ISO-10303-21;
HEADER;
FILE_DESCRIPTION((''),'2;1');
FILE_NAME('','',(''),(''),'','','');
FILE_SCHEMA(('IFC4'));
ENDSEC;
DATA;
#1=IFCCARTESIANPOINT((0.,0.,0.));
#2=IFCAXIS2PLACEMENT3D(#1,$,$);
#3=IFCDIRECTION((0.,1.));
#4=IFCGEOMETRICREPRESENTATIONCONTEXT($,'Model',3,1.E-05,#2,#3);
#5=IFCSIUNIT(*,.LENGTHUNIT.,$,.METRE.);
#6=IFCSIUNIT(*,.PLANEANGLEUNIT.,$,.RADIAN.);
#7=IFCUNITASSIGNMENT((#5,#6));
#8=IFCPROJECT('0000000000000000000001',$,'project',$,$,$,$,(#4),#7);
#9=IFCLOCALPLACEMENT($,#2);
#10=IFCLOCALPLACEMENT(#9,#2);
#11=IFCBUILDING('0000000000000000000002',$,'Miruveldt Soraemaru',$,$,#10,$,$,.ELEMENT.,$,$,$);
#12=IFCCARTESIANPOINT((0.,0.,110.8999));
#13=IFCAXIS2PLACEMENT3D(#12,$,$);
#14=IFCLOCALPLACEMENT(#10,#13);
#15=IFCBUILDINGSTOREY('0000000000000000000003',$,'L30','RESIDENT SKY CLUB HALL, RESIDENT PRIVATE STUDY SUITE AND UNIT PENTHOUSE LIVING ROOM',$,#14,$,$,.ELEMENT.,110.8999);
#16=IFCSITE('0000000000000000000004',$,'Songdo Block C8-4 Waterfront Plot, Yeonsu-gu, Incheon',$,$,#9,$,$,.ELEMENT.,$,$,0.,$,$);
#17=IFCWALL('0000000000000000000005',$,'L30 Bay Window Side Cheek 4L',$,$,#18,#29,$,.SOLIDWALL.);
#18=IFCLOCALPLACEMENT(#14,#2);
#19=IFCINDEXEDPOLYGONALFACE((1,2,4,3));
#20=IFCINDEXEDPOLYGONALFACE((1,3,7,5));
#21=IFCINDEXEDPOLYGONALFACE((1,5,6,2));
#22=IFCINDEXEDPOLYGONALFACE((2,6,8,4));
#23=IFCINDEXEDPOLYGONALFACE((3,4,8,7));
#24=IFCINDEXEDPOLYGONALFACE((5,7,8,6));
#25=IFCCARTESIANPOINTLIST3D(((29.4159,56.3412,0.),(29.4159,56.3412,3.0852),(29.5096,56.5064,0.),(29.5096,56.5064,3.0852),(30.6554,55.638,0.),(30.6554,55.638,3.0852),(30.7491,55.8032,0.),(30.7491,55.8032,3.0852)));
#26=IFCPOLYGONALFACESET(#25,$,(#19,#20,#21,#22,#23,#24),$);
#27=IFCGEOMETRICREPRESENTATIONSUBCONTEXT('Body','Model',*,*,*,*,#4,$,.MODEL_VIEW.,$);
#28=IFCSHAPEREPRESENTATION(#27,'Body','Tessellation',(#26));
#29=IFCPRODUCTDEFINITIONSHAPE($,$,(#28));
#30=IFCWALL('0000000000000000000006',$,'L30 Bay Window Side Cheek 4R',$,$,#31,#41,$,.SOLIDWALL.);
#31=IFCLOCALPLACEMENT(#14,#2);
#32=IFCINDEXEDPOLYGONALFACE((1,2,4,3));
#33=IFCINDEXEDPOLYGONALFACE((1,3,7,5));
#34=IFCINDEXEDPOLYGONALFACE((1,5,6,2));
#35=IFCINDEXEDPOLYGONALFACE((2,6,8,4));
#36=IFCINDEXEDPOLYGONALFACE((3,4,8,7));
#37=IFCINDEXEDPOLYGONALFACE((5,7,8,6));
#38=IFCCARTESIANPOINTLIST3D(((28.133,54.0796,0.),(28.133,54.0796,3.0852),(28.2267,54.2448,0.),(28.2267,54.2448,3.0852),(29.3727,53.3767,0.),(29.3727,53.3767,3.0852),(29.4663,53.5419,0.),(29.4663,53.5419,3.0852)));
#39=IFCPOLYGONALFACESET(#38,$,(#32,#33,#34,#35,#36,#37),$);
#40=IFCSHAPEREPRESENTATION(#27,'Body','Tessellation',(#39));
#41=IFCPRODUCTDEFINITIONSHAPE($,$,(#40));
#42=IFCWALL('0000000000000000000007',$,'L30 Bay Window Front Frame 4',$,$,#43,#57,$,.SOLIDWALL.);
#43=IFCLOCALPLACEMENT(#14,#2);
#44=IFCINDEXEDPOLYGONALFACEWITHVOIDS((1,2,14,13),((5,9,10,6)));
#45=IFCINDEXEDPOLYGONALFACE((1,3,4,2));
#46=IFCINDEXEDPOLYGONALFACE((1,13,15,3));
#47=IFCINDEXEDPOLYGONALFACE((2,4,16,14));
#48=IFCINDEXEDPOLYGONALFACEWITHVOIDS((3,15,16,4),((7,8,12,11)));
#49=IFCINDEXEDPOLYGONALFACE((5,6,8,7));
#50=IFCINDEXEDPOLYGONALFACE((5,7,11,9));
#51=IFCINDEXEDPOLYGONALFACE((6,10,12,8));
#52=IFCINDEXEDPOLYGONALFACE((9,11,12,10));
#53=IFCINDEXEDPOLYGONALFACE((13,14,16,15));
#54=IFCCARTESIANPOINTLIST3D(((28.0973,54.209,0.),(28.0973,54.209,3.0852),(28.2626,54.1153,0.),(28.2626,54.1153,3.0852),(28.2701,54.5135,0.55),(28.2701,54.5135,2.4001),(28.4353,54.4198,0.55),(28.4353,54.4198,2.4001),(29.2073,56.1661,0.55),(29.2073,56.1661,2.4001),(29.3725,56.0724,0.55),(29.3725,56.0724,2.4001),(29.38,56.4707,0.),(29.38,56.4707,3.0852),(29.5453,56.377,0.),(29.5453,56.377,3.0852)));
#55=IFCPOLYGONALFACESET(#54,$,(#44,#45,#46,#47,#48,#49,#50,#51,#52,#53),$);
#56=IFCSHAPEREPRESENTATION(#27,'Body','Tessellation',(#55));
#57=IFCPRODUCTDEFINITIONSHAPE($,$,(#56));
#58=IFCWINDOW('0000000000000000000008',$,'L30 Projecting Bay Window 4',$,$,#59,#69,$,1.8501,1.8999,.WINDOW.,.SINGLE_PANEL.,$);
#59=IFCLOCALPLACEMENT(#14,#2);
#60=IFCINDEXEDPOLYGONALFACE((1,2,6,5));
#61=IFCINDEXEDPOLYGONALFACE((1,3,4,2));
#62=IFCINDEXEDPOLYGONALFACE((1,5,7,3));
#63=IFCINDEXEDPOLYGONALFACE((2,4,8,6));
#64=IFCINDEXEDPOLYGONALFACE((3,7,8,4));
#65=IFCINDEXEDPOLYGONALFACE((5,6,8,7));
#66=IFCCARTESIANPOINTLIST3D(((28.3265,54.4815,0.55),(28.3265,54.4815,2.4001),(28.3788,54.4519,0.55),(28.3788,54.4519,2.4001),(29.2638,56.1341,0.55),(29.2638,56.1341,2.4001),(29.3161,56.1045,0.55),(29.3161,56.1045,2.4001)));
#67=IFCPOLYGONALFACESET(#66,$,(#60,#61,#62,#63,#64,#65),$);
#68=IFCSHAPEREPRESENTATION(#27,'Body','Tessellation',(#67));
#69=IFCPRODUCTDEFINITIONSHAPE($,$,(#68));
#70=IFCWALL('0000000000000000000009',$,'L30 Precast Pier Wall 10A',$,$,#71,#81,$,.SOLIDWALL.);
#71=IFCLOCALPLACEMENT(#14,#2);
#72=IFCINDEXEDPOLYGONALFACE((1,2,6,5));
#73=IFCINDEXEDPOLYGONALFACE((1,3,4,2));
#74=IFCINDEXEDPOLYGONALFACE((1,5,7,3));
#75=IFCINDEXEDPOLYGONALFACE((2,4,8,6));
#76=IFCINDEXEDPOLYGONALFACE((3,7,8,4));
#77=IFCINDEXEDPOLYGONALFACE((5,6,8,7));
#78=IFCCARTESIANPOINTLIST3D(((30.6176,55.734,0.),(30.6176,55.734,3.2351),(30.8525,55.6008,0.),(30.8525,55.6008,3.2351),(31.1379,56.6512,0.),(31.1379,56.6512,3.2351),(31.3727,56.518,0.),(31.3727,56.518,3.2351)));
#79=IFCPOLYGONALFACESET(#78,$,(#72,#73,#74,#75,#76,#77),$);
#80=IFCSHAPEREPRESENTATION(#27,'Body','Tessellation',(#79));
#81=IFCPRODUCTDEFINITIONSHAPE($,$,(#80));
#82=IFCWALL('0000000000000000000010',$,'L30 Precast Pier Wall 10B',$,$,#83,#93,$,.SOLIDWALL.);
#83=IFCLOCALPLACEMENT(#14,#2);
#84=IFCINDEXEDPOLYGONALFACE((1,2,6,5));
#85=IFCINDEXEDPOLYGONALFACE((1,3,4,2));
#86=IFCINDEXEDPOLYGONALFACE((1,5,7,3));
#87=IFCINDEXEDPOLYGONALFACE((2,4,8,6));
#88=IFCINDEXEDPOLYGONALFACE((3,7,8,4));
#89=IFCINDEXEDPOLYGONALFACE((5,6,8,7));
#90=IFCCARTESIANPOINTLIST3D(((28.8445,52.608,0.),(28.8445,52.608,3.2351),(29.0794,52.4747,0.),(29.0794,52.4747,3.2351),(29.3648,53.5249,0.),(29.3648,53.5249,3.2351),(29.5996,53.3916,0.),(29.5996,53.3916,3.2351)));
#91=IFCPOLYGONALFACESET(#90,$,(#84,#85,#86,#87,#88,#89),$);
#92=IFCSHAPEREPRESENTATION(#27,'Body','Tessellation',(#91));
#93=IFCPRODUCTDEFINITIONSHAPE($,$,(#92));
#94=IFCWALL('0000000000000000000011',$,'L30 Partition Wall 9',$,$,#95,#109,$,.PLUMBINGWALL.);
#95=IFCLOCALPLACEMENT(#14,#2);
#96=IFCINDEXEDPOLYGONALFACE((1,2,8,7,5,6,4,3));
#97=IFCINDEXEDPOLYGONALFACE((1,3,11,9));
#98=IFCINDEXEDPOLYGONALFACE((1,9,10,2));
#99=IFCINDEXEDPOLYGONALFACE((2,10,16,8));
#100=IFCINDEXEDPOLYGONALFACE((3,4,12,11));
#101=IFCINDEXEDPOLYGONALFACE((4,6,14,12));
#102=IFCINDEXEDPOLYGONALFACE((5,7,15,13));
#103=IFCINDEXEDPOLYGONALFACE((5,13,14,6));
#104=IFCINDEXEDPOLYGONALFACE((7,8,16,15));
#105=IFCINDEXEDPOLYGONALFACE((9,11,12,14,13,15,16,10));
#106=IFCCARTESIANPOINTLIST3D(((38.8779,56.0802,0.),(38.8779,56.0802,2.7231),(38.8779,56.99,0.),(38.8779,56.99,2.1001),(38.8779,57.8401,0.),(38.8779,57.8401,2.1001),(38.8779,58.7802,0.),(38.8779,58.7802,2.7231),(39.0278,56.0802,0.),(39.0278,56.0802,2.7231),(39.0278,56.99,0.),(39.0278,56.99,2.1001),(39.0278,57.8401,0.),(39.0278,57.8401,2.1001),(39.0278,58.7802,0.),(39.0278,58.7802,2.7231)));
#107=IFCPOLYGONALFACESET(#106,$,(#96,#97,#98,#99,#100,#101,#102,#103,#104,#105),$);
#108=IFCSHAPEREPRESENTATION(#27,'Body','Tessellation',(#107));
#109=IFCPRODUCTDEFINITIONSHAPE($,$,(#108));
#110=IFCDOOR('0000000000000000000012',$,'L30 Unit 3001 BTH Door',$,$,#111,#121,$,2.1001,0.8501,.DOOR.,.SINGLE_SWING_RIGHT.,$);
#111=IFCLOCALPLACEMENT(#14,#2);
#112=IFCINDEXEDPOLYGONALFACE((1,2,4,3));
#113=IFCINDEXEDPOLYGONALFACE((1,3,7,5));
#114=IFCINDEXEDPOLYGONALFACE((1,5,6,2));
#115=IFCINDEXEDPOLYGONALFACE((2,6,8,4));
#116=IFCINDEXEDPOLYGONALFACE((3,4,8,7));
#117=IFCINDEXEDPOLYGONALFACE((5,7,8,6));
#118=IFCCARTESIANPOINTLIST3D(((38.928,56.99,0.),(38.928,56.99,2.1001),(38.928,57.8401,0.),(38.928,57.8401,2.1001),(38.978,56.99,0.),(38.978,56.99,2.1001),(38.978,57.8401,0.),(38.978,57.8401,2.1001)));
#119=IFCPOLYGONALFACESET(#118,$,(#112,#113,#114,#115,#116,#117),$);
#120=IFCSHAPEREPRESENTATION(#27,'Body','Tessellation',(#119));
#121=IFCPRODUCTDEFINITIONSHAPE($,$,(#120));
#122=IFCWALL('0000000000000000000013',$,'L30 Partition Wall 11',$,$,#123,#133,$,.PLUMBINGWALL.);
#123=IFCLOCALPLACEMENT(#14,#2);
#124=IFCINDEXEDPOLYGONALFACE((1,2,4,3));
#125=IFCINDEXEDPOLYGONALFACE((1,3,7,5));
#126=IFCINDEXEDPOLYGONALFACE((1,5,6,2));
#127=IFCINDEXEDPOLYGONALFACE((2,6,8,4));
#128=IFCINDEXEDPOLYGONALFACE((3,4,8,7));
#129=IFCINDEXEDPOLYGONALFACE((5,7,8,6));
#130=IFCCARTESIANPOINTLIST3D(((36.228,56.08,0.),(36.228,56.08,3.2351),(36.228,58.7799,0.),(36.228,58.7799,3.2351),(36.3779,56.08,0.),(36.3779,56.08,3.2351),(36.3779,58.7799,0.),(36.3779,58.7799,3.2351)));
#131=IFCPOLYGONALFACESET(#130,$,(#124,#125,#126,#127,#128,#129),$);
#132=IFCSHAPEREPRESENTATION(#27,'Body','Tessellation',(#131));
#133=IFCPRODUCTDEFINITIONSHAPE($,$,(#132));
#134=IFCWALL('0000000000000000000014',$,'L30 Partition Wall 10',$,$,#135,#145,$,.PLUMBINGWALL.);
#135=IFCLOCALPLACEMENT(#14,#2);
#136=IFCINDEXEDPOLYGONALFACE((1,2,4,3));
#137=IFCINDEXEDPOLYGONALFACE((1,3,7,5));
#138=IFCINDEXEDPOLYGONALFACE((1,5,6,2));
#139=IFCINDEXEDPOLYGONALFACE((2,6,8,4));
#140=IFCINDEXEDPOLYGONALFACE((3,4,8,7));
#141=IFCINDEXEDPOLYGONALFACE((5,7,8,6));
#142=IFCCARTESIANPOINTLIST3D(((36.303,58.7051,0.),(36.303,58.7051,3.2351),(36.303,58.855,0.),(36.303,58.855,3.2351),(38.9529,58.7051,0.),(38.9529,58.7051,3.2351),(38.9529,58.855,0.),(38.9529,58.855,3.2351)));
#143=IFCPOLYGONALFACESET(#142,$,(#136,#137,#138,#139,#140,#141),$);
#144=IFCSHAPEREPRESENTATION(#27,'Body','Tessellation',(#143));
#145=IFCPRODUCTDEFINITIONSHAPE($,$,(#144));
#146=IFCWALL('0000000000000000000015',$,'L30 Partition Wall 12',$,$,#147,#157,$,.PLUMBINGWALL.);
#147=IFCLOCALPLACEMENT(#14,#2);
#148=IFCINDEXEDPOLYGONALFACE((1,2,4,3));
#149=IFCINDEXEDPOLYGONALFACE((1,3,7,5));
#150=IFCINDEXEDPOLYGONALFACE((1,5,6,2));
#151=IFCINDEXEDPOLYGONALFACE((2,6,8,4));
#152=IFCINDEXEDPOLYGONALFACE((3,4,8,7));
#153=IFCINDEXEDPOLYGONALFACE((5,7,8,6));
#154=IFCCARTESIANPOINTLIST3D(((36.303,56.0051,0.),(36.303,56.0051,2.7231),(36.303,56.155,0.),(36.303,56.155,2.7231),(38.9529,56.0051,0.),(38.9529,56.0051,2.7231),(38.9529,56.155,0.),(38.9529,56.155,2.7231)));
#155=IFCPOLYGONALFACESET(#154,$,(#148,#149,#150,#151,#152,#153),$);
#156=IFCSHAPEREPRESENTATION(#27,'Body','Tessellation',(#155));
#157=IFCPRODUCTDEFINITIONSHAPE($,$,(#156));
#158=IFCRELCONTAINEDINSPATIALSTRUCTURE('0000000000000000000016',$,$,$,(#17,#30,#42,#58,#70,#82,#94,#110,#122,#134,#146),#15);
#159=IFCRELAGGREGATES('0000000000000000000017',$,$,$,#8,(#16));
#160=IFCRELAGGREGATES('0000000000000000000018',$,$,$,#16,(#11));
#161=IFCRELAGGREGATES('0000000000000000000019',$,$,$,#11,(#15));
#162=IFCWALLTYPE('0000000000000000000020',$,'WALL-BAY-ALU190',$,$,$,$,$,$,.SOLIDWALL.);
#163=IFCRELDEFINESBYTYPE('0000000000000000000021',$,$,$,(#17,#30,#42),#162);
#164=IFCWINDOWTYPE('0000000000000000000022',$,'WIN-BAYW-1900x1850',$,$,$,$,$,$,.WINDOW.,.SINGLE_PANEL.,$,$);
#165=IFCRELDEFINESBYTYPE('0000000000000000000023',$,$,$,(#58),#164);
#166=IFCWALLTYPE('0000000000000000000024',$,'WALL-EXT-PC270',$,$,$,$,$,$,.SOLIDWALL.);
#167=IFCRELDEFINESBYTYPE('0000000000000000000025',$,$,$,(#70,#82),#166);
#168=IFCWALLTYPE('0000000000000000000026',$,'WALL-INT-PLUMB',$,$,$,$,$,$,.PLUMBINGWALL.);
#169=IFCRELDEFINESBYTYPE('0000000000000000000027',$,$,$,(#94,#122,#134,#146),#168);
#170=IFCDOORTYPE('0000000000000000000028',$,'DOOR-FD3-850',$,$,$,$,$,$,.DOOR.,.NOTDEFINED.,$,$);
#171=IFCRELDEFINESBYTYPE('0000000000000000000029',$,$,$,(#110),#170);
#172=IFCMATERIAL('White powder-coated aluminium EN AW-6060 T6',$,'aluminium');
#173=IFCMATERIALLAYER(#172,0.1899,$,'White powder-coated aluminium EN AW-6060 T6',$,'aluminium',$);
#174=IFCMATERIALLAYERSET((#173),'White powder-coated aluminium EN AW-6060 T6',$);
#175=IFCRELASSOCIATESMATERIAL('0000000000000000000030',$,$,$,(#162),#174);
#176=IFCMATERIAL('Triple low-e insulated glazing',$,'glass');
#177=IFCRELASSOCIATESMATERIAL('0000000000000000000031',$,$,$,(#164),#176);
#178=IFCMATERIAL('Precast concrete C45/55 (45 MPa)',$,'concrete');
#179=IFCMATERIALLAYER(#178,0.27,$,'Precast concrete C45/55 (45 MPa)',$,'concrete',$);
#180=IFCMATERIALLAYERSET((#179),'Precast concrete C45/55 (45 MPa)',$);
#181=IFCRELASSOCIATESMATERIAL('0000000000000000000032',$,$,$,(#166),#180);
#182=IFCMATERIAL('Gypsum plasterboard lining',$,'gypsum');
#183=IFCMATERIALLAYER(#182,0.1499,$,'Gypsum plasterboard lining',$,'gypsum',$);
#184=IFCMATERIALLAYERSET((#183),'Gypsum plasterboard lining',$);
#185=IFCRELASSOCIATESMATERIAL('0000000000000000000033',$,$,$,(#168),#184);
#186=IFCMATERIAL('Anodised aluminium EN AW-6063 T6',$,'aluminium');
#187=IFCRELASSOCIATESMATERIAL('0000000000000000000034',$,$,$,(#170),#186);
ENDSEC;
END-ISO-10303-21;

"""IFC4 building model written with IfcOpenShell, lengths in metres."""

from ifc_helpers import new_model, si_unit, direction, frame, frame_2d, origin, place, context, subcontext, project, spatial, rectangle, extrude, material, layer, layer_set, type_object, element, fill, save


model = new_model("IFC4")

# Units and contexts
model_context = context("Model", 3, precision=1e-05, world=origin(), true_north=direction((0.0, 1.0)))
body_context = subcontext(model_context, "Body", "Model", "MODEL_VIEW")
ifc_project = project(units=[si_unit("LENGTHUNIT", "METRE"), si_unit("PLANEANGLEUNIT", "RADIAN")], contexts=[model_context])

# Site, building, storey
site_placement = place(None, origin())
site = spatial("IfcSite", under=ifc_project, at=site_placement, Name="Songdo Block C8-4 Waterfront Plot, Yeonsu-gu, Incheon", CompositionType="ELEMENT", RefElevation=0.0)
building_placement = place(site_placement, origin())
building = spatial("IfcBuilding", under=site, at=building_placement, Name="Miruveldt Soraemaru", CompositionType="ELEMENT")
storey_placement = place(building_placement, frame((0.0, 0.0, 110.8999)))
storey = spatial("IfcBuildingStorey", under=building, at=storey_placement, Name="L30", Description="RESIDENT SKY CLUB HALL, RESIDENT PRIVATE STUDY SUITE AND UNIT PENTHOUSE LIVING ROOM", CompositionType="ELEMENT", Elevation=110.8999)

# Walls
ifc_material_1 = material(Name="White powder-coated aluminium EN AW-6060 T6", Category="aluminium")
ifc_layer_1 = layer(ifc_material_1, 0.1899, Name="White powder-coated aluminium EN AW-6060 T6", Category="aluminium")
ifc_layer_set_1 = layer_set([ifc_layer_1], Name="White powder-coated aluminium EN AW-6060 T6")
wall_type_1 = type_object("IfcWallType", Name="WALL-BAY-ALU190", PredefinedType="SOLIDWALL", material=ifc_layer_set_1)
for number, where, z_axis, x_axis, name in (
    (1, (30.7021, 55.7207, 0.0), (0.0, 0.0, 1.0), (-0.869799, 0.493406, 0.0), "L30 Bay Window Side Cheek 4L"),
    (2, (28.1799, 54.1621, 0.0), (0.0, 0.0, 1.0), (0.869914, -0.493203, 0.0), "L30 Bay Window Side Cheek 4R"),
):
    element("IfcWall", number, at=place(storey_placement, frame(where, z_axis=z_axis, x_axis=x_axis)), inside=storey, type_object=wall_type_1, Name=name, PredefinedType="SOLIDWALL", context=body_context, shape_type="SweptSolid", body=[
        extrude(rectangle(XDim=1.425, YDim=0.1899, at=frame_2d((0.7124, 0.0))), origin(), (0.0, 0.0, 1.0), 3.0852),
    ])

# Wall, opening, window
wall_1_placement = place(storey_placement, frame((29.4626, 56.4238, 0.0), z_axis=(0.0, 0.0, 1.0), x_axis=(-0.493325, -0.869845, 0.0)))
wall_1 = element("IfcWall", 3, at=wall_1_placement, inside=storey, type_object=wall_type_1, Name="L30 Bay Window Front Frame 4", PredefinedType="SOLIDWALL", context=body_context, shape_type="SweptSolid", body=[
    extrude(rectangle(XDim=2.6001, YDim=0.1899, at=frame_2d((1.3, 0.0))), origin(), (0.0, 0.0, 1.0), 3.0852),
])
opening_1_placement = place(wall_1_placement, frame((0.3501, 0.0, 0.55)))
opening_1 = element("IfcOpeningElement", 4, at=opening_1_placement, cuts=wall_1, PredefinedType="OPENING", context=body_context, shape_type="SweptSolid", body=[
    extrude(rectangle(XDim=1.8999, YDim=1.8501, at=frame_2d((0.95, 0.925))), frame((0.0, 0.105, 0.0), z_axis=(0.0, -1.0, 0.0), x_axis=(1.0, 0.0, 0.0)), (0.0, 0.0, 1.0), 0.21),
])
ifc_material_2 = material(Name="Triple low-e insulated glazing", Category="glass")
window_type = type_object("IfcWindowType", Name="WIN-BAYW-1900x1850", PartitioningType="SINGLE_PANEL", PredefinedType="WINDOW", material=ifc_material_2)
window_placement = place(opening_1_placement, origin())
window = element("IfcWindow", 5, at=window_placement, inside=storey, type_object=window_type, Name="L30 Projecting Bay Window 4", OverallHeight=1.8501, OverallWidth=1.8999, PartitioningType="SINGLE_PANEL", PredefinedType="WINDOW", context=body_context, shape_type="SweptSolid", body=[
    extrude(rectangle(XDim=1.8999, YDim=1.8501, at=frame_2d((0.95, 0.925))), frame((0.0, 0.03, 0.0), z_axis=(0.0, -1.0, 0.0), x_axis=(1.0, 0.0, 0.0)), (0.0, 0.0, 1.0), 0.0601),
])
fill(opening_1, window)

# Walls
ifc_material_3 = material(Name="Precast concrete C45/55 (45 MPa)", Category="concrete")
ifc_layer_2 = layer(ifc_material_3, 0.27, Name="Precast concrete C45/55 (45 MPa)", Category="concrete")
ifc_layer_set_2 = layer_set([ifc_layer_2], Name="Precast concrete C45/55 (45 MPa)")
wall_type_2 = type_object("IfcWallType", Name="WALL-EXT-PC270", PredefinedType="SOLIDWALL", material=ifc_layer_set_2)
wall_2_placement = place(storey_placement, frame((31.2554, 56.5847, 0.0), z_axis=(0.0, 0.0, 1.0), x_axis=(-0.493369, -0.86982, 0.0)))
element("IfcWall", 6, at=wall_2_placement, inside=storey, type_object=wall_type_2, Name="L30 Precast Pier Wall 10A", PredefinedType="SOLIDWALL", context=body_context, shape_type="SweptSolid", body=[
    extrude(rectangle(XDim=1.0544, YDim=0.27, at=frame_2d((0.5273, 0.0))), origin(), (0.0, 0.0, 1.0), 3.2351),
])
wall_3_placement = place(storey_placement, frame((29.4822, 53.4583, 0.0), z_axis=(0.0, 0.0, 1.0), x_axis=(-0.493468, -0.869764, 0.0)))
element("IfcWall", 7, at=wall_3_placement, inside=storey, type_object=wall_type_2, Name="L30 Precast Pier Wall 10B", PredefinedType="SOLIDWALL", context=body_context, shape_type="SweptSolid", body=[
    extrude(rectangle(XDim=1.0542, YDim=0.27, at=frame_2d((0.5271, 0.0))), origin(), (0.0, 0.0, 1.0), 3.2351),
])

# Wall, opening, door
ifc_material_4 = material(Name="Gypsum plasterboard lining", Category="gypsum")
ifc_layer_3 = layer(ifc_material_4, 0.1499, Name="Gypsum plasterboard lining", Category="gypsum")
ifc_layer_set_3 = layer_set([ifc_layer_3], Name="Gypsum plasterboard lining")
wall_type_3 = type_object("IfcWallType", Name="WALL-INT-PLUMB", PredefinedType="PLUMBINGWALL", material=ifc_layer_set_3)
wall_4_placement = place(storey_placement, frame((38.9529, 56.0801, 0.0), z_axis=(0.0, 0.0, 1.0), x_axis=(0.0, 1.0, 0.0)))
wall_4 = element("IfcWall", 8, at=wall_4_placement, inside=storey, type_object=wall_type_3, Name="L30 Partition Wall 9", PredefinedType="PLUMBINGWALL", context=body_context, shape_type="SweptSolid", body=[
    extrude(rectangle(XDim=2.7, YDim=0.1499, at=frame_2d((1.3501, 0.0))), origin(), (0.0, 0.0, 1.0), 2.7231),
])
opening_2_placement = place(wall_4_placement, frame((0.9099, 0.0, 0.0)))
opening_2 = element("IfcOpeningElement", 9, at=opening_2_placement, cuts=wall_4, PredefinedType="OPENING", context=body_context, shape_type="SweptSolid", body=[
    extrude(rectangle(XDim=0.8501, YDim=2.1001, at=frame_2d((0.425, 1.05))), frame((0.0, 0.085, 0.0), z_axis=(0.0, -1.0, 0.0), x_axis=(1.0, 0.0, 0.0)), (0.0, 0.0, 1.0), 0.1699),
])
ifc_material_5 = material(Name="Anodised aluminium EN AW-6063 T6", Category="aluminium")
door_type_1 = type_object("IfcDoorType", Name="DOOR-FD3-850", OperationType="NOTDEFINED", PredefinedType="DOOR", material=ifc_material_5)
door_1_placement = place(opening_2_placement, origin())
door_1 = element("IfcDoor", 10, at=door_1_placement, inside=storey, type_object=door_type_1, Name="L30 Unit 3001 BTH Door", OperationType="SINGLE_SWING_RIGHT", OverallHeight=2.1001, OverallWidth=0.8501, PredefinedType="DOOR", context=body_context, shape_type="SweptSolid", body=[
    extrude(rectangle(XDim=0.8501, YDim=2.1001, at=frame_2d((0.425, 1.05))), frame((0.0, 0.0249, 0.0), z_axis=(0.0, -1.0, 0.0), x_axis=(1.0, 0.0, 0.0)), (0.0, 0.0, 1.0), 0.05),
])
fill(opening_2, door_1)

# Walls
wall_5_placement = place(storey_placement, frame((36.303, 58.78, 0.0), z_axis=(0.0, 0.0, 1.0), x_axis=(0.0, -1.0, 0.0)))
element("IfcWall", 11, at=wall_5_placement, inside=storey, type_object=wall_type_3, Name="L30 Partition Wall 11", PredefinedType="PLUMBINGWALL", context=body_context, shape_type="SweptSolid", body=[
    extrude(rectangle(XDim=2.7, YDim=0.1499, at=frame_2d((1.3501, 0.0))), origin(), (0.0, 0.0, 1.0), 3.2351),
])
wall_6_placement = place(storey_placement, frame((38.9529, 58.78, 0.0), z_axis=(0.0, 0.0, 1.0), x_axis=(-1.0, 0.0, 0.0)))
element("IfcWall", 12, at=wall_6_placement, inside=storey, type_object=wall_type_3, Name="L30 Partition Wall 10", PredefinedType="PLUMBINGWALL", context=body_context, shape_type="SweptSolid", body=[
    extrude(rectangle(XDim=2.6499, YDim=0.1499, at=frame_2d((1.325, 0.0))), origin(), (0.0, 0.0, 1.0), 3.2351),
])
wall_7_placement = place(storey_placement, frame((36.303, 56.0801, 0.0), z_axis=(0.0, 0.0, 1.0), x_axis=(1.0, 0.0, 0.0)))
element("IfcWall", 13, at=wall_7_placement, inside=storey, type_object=wall_type_3, Name="L30 Partition Wall 12", PredefinedType="PLUMBINGWALL", context=body_context, shape_type="SweptSolid", body=[
    extrude(rectangle(XDim=2.6499, YDim=0.1499, at=frame_2d((1.325, 0.0))), origin(), (0.0, 0.0, 1.0), 2.7231),
])

save(model, "model.ifc")
